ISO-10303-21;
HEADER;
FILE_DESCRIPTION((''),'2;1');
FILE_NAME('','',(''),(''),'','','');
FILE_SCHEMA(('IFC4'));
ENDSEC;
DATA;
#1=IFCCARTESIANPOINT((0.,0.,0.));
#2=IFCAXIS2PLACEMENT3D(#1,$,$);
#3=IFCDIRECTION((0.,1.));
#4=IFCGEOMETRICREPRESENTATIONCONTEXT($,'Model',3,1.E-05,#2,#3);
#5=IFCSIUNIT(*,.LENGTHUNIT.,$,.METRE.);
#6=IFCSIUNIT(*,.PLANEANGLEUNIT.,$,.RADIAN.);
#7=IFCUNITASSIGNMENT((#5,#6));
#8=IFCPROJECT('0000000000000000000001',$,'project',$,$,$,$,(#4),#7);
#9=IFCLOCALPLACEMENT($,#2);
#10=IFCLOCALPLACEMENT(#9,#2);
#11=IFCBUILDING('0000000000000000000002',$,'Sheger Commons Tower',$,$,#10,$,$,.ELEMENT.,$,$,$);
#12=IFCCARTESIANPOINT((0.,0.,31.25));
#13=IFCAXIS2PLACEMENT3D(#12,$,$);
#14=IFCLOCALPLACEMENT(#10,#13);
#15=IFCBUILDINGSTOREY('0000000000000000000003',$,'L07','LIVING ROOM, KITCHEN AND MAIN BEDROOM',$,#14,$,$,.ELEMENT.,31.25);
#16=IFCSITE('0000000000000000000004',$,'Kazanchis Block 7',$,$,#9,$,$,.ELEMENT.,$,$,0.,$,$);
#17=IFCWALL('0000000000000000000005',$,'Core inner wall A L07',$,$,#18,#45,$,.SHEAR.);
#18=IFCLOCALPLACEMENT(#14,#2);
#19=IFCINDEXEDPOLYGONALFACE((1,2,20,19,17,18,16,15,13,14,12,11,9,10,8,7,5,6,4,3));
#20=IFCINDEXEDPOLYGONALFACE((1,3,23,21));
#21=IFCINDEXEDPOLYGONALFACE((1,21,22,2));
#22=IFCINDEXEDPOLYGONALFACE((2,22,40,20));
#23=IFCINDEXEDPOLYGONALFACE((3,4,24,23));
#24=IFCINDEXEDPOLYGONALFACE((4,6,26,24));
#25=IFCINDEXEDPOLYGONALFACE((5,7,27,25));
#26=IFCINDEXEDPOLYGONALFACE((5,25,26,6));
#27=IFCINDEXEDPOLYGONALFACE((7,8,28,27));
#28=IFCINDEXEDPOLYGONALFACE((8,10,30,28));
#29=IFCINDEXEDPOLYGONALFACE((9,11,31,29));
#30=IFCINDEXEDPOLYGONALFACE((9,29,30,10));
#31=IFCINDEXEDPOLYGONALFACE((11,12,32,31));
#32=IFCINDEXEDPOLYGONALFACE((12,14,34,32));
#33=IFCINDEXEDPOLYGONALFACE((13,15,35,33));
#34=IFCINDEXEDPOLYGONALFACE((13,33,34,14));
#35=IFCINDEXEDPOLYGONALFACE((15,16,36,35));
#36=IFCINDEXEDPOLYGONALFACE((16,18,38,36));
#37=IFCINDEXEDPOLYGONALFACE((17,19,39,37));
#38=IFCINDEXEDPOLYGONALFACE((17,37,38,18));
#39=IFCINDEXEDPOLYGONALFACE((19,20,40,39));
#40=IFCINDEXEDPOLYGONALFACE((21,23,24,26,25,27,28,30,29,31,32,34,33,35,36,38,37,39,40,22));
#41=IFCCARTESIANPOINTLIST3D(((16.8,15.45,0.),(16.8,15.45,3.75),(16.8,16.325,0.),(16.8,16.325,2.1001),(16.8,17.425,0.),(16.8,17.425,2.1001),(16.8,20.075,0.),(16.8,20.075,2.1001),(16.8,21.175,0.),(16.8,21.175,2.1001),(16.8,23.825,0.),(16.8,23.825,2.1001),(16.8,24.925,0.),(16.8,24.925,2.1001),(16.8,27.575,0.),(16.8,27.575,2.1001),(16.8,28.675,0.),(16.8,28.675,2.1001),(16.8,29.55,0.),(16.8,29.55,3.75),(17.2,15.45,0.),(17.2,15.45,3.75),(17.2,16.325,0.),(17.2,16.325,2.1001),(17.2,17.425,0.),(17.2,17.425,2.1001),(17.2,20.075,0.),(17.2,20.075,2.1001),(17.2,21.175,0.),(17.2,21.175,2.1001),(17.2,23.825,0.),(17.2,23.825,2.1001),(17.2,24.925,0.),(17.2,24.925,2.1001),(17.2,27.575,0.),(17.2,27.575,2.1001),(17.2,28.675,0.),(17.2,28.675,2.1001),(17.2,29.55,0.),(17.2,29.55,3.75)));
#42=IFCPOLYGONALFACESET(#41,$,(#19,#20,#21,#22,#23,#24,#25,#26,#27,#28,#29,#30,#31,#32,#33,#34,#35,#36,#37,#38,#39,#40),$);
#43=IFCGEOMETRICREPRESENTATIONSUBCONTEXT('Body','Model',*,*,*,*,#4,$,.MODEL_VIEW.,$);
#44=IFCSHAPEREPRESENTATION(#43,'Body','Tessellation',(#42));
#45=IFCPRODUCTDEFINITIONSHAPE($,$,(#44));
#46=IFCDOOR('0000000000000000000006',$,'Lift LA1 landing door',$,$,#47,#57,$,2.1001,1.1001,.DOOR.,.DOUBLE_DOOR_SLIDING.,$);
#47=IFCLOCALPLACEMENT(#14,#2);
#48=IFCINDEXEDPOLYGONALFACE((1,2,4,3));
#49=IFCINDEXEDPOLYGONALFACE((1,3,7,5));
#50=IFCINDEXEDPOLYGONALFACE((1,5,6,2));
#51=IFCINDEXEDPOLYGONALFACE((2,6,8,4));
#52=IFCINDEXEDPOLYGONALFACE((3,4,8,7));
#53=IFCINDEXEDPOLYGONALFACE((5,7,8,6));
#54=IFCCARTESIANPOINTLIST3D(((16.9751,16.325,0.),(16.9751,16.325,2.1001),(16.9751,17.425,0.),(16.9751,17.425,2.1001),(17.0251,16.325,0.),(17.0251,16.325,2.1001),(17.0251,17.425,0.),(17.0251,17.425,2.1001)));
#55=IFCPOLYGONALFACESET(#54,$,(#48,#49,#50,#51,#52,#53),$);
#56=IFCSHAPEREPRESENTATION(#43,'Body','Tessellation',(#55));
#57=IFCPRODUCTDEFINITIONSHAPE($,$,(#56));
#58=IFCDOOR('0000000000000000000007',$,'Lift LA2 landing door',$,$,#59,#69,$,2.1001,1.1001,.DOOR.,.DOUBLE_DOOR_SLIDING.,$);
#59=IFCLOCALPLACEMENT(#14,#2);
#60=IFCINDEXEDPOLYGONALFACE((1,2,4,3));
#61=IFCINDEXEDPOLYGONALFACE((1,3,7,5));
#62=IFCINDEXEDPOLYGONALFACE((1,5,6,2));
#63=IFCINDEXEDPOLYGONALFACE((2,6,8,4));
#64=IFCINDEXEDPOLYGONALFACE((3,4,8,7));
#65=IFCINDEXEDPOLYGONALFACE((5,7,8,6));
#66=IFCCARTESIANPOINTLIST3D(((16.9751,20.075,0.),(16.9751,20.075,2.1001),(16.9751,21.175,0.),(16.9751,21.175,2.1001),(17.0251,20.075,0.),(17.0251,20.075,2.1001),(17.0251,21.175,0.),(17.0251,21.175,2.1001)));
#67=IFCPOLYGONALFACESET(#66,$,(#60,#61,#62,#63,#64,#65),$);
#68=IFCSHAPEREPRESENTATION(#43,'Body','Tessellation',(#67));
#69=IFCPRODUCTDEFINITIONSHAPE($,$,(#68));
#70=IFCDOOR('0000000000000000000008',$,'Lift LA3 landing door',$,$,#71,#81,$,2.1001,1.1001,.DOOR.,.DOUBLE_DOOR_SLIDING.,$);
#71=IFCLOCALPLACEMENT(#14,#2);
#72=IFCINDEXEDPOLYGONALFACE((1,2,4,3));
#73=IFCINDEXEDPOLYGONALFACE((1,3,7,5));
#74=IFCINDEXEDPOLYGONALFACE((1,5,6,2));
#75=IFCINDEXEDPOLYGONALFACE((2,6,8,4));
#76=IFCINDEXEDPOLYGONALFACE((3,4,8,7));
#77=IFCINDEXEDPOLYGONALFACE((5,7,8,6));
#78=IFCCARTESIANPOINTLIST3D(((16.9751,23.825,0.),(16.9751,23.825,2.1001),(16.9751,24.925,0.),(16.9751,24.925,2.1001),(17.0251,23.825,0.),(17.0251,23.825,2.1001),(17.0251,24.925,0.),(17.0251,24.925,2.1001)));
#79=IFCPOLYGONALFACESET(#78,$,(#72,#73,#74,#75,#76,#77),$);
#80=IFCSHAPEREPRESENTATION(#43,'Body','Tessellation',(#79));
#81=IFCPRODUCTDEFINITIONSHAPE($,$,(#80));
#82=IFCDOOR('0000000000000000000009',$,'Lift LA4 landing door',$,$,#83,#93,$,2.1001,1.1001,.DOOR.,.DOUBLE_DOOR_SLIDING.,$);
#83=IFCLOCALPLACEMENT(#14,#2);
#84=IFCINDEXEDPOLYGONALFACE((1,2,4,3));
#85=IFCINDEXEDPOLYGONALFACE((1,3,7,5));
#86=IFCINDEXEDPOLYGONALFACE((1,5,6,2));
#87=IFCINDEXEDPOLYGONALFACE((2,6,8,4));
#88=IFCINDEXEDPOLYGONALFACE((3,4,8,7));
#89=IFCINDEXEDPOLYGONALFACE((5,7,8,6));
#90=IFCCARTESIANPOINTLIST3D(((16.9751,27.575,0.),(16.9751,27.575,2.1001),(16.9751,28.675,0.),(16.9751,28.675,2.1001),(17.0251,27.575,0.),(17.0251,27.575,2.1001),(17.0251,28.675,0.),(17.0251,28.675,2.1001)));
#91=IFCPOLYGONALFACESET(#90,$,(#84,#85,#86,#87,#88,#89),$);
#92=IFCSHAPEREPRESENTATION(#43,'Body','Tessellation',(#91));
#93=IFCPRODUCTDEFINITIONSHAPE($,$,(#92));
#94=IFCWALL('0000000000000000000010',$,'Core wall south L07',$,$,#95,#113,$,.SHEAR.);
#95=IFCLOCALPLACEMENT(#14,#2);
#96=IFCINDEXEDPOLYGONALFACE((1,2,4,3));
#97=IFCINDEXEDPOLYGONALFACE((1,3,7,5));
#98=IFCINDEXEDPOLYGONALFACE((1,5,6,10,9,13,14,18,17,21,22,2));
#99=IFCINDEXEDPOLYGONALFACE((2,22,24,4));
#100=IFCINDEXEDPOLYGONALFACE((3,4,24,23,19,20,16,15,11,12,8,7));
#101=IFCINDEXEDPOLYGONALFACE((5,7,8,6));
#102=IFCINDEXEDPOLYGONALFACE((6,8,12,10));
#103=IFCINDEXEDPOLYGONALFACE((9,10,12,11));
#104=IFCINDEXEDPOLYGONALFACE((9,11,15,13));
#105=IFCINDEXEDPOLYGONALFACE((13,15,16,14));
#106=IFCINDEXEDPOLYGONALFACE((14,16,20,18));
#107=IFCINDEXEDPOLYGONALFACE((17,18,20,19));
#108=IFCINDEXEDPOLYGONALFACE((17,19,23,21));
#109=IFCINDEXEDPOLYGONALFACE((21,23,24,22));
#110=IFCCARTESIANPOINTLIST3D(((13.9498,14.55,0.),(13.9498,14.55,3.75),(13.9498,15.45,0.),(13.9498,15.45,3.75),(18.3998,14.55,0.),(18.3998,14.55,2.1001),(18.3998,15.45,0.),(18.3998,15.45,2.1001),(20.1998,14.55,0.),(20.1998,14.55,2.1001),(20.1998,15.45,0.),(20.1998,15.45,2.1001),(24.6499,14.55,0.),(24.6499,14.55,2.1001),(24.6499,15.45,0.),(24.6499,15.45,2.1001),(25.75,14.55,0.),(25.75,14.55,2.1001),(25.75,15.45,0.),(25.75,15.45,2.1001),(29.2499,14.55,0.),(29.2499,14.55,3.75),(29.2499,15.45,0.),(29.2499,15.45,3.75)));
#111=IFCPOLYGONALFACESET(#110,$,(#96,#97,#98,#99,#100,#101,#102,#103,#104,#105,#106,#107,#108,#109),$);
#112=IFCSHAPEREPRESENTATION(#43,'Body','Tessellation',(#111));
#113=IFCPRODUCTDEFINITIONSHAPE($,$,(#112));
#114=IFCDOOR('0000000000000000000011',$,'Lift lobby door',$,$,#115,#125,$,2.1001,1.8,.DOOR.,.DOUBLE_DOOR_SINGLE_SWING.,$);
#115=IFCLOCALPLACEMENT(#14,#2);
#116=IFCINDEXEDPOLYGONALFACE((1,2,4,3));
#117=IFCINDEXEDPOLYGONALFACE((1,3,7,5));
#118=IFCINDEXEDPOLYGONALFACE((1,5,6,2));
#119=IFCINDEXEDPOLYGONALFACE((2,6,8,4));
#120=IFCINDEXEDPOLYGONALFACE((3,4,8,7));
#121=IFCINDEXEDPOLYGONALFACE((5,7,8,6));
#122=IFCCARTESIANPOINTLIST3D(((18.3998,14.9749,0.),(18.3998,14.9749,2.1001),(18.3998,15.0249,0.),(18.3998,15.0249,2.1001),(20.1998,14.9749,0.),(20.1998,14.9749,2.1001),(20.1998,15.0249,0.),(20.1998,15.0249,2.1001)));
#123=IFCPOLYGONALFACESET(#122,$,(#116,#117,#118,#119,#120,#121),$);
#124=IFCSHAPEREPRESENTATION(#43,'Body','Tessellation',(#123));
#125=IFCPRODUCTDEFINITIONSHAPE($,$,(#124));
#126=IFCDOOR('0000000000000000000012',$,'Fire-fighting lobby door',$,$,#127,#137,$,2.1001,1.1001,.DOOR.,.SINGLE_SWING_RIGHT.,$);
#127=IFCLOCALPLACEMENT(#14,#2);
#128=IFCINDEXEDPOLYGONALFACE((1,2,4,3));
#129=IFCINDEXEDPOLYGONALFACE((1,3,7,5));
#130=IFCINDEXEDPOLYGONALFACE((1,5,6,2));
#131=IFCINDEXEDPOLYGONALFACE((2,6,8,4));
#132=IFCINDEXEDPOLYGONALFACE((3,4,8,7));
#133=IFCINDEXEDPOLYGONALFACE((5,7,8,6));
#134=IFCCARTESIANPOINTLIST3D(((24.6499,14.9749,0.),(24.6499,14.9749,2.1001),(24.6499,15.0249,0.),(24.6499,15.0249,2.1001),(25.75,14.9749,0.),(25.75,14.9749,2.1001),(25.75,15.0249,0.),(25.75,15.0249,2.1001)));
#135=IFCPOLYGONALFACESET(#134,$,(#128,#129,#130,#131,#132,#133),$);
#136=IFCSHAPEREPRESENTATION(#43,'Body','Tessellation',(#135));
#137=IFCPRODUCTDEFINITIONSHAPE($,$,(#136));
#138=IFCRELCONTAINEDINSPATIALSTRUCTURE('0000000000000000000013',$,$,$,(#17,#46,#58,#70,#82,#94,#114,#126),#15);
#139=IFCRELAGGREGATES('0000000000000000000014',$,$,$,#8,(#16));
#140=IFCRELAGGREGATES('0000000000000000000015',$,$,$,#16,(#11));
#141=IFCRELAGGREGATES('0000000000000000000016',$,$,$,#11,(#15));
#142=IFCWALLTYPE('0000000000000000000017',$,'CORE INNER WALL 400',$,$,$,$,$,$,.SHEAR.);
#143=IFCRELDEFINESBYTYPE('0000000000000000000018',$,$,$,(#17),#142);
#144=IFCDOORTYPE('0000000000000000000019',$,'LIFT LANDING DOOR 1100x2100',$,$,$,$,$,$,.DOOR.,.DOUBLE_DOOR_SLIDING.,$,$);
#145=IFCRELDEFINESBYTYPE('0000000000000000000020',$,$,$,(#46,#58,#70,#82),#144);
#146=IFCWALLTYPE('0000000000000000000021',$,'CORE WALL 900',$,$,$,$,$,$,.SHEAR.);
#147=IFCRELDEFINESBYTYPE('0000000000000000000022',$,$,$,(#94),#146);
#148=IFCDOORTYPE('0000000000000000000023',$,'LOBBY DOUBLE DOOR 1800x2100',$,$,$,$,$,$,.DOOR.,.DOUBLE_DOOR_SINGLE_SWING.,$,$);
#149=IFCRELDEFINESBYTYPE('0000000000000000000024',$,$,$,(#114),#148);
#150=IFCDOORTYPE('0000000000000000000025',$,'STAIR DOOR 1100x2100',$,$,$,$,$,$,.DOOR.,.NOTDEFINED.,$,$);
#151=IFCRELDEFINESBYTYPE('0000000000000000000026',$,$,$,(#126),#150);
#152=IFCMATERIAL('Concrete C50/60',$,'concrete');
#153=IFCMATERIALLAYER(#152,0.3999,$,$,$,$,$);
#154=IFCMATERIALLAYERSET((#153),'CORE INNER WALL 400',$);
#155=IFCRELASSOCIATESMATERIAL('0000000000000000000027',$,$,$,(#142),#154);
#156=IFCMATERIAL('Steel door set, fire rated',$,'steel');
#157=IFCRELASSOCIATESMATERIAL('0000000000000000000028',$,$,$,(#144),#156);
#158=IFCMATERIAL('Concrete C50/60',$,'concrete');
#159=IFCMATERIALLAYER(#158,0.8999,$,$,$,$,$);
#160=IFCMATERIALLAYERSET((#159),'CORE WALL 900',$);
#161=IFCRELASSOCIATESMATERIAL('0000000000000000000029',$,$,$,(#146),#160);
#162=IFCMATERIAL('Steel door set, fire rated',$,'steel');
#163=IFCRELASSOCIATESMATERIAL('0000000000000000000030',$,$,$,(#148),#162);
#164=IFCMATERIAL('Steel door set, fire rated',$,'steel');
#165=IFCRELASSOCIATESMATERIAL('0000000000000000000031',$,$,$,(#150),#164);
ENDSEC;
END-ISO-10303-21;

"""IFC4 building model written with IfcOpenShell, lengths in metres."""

from ifc_helpers import new_model, si_unit, direction, frame, frame_2d, origin, place, context, subcontext, project, spatial, rectangle, extrude, material, layer, layer_set, type_object, element, fill, save


model = new_model("IFC4")

# Units and contexts
model_context = context("Model", 3, precision=1e-05, world=origin(), true_north=direction((0.0, 1.0)))
body_context = subcontext(model_context, "Body", "Model", "MODEL_VIEW")
ifc_project = project(units=[si_unit("LENGTHUNIT", "METRE"), si_unit("PLANEANGLEUNIT", "RADIAN")], contexts=[model_context])

# Site, building, storey
site_placement = place(None, origin())
site = spatial("IfcSite", under=ifc_project, at=site_placement, Name="Kazanchis Block 7", CompositionType="ELEMENT", RefElevation=0.0)
building_placement = place(site_placement, origin())
building = spatial("IfcBuilding", under=site, at=building_placement, Name="Sheger Commons Tower", CompositionType="ELEMENT")
storey_placement = place(building_placement, frame((0.0, 0.0, 31.25)))
storey = spatial("IfcBuildingStorey", under=building, at=storey_placement, Name="L07", Description="LIVING ROOM, KITCHEN AND MAIN BEDROOM", CompositionType="ELEMENT", Elevation=31.25)

# Walls, openings, doors
ifc_material_1 = material(Name="Concrete C50/60", Category="concrete")
ifc_layer_1 = layer(ifc_material_1, 0.3999)
ifc_layer_set_1 = layer_set([ifc_layer_1], Name="CORE INNER WALL 400")
wall_type_1 = type_object("IfcWallType", Name="CORE INNER WALL 400", PredefinedType="SHEAR", material=ifc_layer_set_1)
wall_1_placement = place(storey_placement, frame((17.0, 15.45, 0.0), z_axis=(0.0, 0.0, 1.0), x_axis=(0.0, 1.0, 0.0)))
wall_1 = element("IfcWall", 1, at=wall_1_placement, inside=storey, type_object=wall_type_1, Name="Core inner wall A L07", PredefinedType="SHEAR", context=body_context, shape_type="SweptSolid", body=[
    extrude(rectangle(XDim=14.1001, YDim=0.3999, at=frame_2d((7.05, 0.0))), origin(), (0.0, 0.0, 1.0), 3.75),
])
opening_1_placement = place(wall_1_placement, frame((0.875, 0.0, 0.0)))
opening_1 = element("IfcOpeningElement", 2, at=opening_1_placement, cuts=wall_1, PredefinedType="OPENING", context=body_context, shape_type="SweptSolid", body=[
    extrude(rectangle(XDim=1.1001, YDim=2.1001, at=frame_2d((0.55, 1.05))), frame((0.0, 0.21, 0.0), z_axis=(0.0, -1.0, 0.0), x_axis=(1.0, 0.0, 0.0)), (0.0, 0.0, 1.0), 0.4199),
])
opening_2_placement = place(wall_1_placement, frame((4.625, 0.0, 0.0)))
opening_2 = element("IfcOpeningElement", 3, at=opening_2_placement, cuts=wall_1, PredefinedType="OPENING", context=body_context, shape_type="SweptSolid", body=[
    extrude(rectangle(XDim=1.1001, YDim=2.1001, at=frame_2d((0.55, 1.05))), frame((0.0, 0.21, 0.0), z_axis=(0.0, -1.0, 0.0), x_axis=(1.0, 0.0, 0.0)), (0.0, 0.0, 1.0), 0.4199),
])
opening_3_placement = place(wall_1_placement, frame((8.375, 0.0, 0.0)))
opening_3 = element("IfcOpeningElement", 4, at=opening_3_placement, cuts=wall_1, PredefinedType="OPENING", context=body_context, shape_type="SweptSolid", body=[
    extrude(rectangle(XDim=1.1001, YDim=2.1001, at=frame_2d((0.55, 1.05))), frame((0.0, 0.21, 0.0), z_axis=(0.0, -1.0, 0.0), x_axis=(1.0, 0.0, 0.0)), (0.0, 0.0, 1.0), 0.4199),
])
opening_4_placement = place(wall_1_placement, frame((12.125, 0.0, 0.0)))
opening_4 = element("IfcOpeningElement", 5, at=opening_4_placement, cuts=wall_1, PredefinedType="OPENING", context=body_context, shape_type="SweptSolid", body=[
    extrude(rectangle(XDim=1.1001, YDim=2.1001, at=frame_2d((0.55, 1.05))), frame((0.0, 0.21, 0.0), z_axis=(0.0, -1.0, 0.0), x_axis=(1.0, 0.0, 0.0)), (0.0, 0.0, 1.0), 0.4199),
])
ifc_material_2 = material(Name="Steel door set, fire rated", Category="steel")
door_type_1 = type_object("IfcDoorType", Name="LIFT LANDING DOOR 1100x2100", OperationType="DOUBLE_DOOR_SLIDING", PredefinedType="DOOR", material=ifc_material_2)
door_1_placement = place(opening_1_placement, origin())
door_1 = element("IfcDoor", 6, at=door_1_placement, inside=storey, type_object=door_type_1, Name="Lift LA1 landing door", OperationType="DOUBLE_DOOR_SLIDING", OverallHeight=2.1001, OverallWidth=1.1001, PredefinedType="DOOR", context=body_context, shape_type="SweptSolid", body=[
    extrude(rectangle(XDim=1.1001, YDim=2.1001, at=frame_2d((0.55, 1.05))), frame((0.0, 0.0249, 0.0), z_axis=(0.0, -1.0, 0.0), x_axis=(1.0, 0.0, 0.0)), (0.0, 0.0, 1.0), 0.05),
])
fill(opening_1, door_1)
door_2_placement = place(opening_2_placement, origin())
door_2 = element("IfcDoor", 7, at=door_2_placement, inside=storey, type_object=door_type_1, Name="Lift LA2 landing door", OperationType="DOUBLE_DOOR_SLIDING", OverallHeight=2.1001, OverallWidth=1.1001, PredefinedType="DOOR", context=body_context, shape_type="SweptSolid", body=[
    extrude(rectangle(XDim=1.1001, YDim=2.1001, at=frame_2d((0.55, 1.05))), frame((0.0, 0.0249, 0.0), z_axis=(0.0, -1.0, 0.0), x_axis=(1.0, 0.0, 0.0)), (0.0, 0.0, 1.0), 0.05),
])
fill(opening_2, door_2)
door_3_placement = place(opening_3_placement, origin())
door_3 = element("IfcDoor", 8, at=door_3_placement, inside=storey, type_object=door_type_1, Name="Lift LA3 landing door", OperationType="DOUBLE_DOOR_SLIDING", OverallHeight=2.1001, OverallWidth=1.1001, PredefinedType="DOOR", context=body_context, shape_type="SweptSolid", body=[
    extrude(rectangle(XDim=1.1001, YDim=2.1001, at=frame_2d((0.55, 1.05))), frame((0.0, 0.0249, 0.0), z_axis=(0.0, -1.0, 0.0), x_axis=(1.0, 0.0, 0.0)), (0.0, 0.0, 1.0), 0.05),
])
fill(opening_3, door_3)
door_4_placement = place(opening_4_placement, origin())
door_4 = element("IfcDoor", 9, at=door_4_placement, inside=storey, type_object=door_type_1, Name="Lift LA4 landing door", OperationType="DOUBLE_DOOR_SLIDING", OverallHeight=2.1001, OverallWidth=1.1001, PredefinedType="DOOR", context=body_context, shape_type="SweptSolid", body=[
    extrude(rectangle(XDim=1.1001, YDim=2.1001, at=frame_2d((0.55, 1.05))), frame((0.0, 0.0249, 0.0), z_axis=(0.0, -1.0, 0.0), x_axis=(1.0, 0.0, 0.0)), (0.0, 0.0, 1.0), 0.05),
])
fill(opening_4, door_4)
ifc_material_3 = material(Name="Concrete C50/60", Category="concrete")
ifc_layer_2 = layer(ifc_material_3, 0.8999)
ifc_layer_set_2 = layer_set([ifc_layer_2], Name="CORE WALL 900")
wall_type_2 = type_object("IfcWallType", Name="CORE WALL 900", PredefinedType="SHEAR", material=ifc_layer_set_2)
wall_2_placement = place(storey_placement, frame((13.95, 15.0, 0.0), z_axis=(0.0, 0.0, 1.0), x_axis=(1.0, 0.0, 0.0)))
wall_2 = element("IfcWall", 10, at=wall_2_placement, inside=storey, type_object=wall_type_2, Name="Core wall south L07", PredefinedType="SHEAR", context=body_context, shape_type="SweptSolid", body=[
    extrude(rectangle(XDim=15.3, YDim=0.8999, at=frame_2d((7.6499, 0.0))), origin(), (0.0, 0.0, 1.0), 3.75),
])
opening_5_placement = place(wall_2_placement, frame((4.45, 0.0, 0.0)))
opening_5 = element("IfcOpeningElement", 11, at=opening_5_placement, cuts=wall_2, PredefinedType="OPENING", context=body_context, shape_type="SweptSolid", body=[
    extrude(rectangle(XDim=1.8, YDim=2.1001, at=frame_2d((0.8999, 1.05))), frame((0.0, 0.46, 0.0), z_axis=(0.0, -1.0, 0.0), x_axis=(1.0, 0.0, 0.0)), (0.0, 0.0, 1.0), 0.9199),
])
opening_6_placement = place(wall_2_placement, frame((10.7, 0.0, 0.0)))
opening_6 = element("IfcOpeningElement", 12, at=opening_6_placement, cuts=wall_2, PredefinedType="OPENING", context=body_context, shape_type="SweptSolid", body=[
    extrude(rectangle(XDim=1.1001, YDim=2.1001, at=frame_2d((0.55, 1.05))), frame((0.0, 0.46, 0.0), z_axis=(0.0, -1.0, 0.0), x_axis=(1.0, 0.0, 0.0)), (0.0, 0.0, 1.0), 0.9199),
])
ifc_material_4 = material(Name="Steel door set, fire rated", Category="steel")
door_type_2 = type_object("IfcDoorType", Name="LOBBY DOUBLE DOOR 1800x2100", OperationType="DOUBLE_DOOR_SINGLE_SWING", PredefinedType="DOOR", material=ifc_material_4)
door_5_placement = place(opening_5_placement, origin())
door_5 = element("IfcDoor", 13, at=door_5_placement, inside=storey, type_object=door_type_2, Name="Lift lobby door", OperationType="DOUBLE_DOOR_SINGLE_SWING", OverallHeight=2.1001, OverallWidth=1.8, PredefinedType="DOOR", context=body_context, shape_type="SweptSolid", body=[
    extrude(rectangle(XDim=1.8, YDim=2.1001, at=frame_2d((0.8999, 1.05))), frame((0.0, 0.0249, 0.0), z_axis=(0.0, -1.0, 0.0), x_axis=(1.0, 0.0, 0.0)), (0.0, 0.0, 1.0), 0.05),
])
fill(opening_5, door_5)
ifc_material_5 = material(Name="Steel door set, fire rated", Category="steel")
door_type_3 = type_object("IfcDoorType", Name="STAIR DOOR 1100x2100", OperationType="NOTDEFINED", PredefinedType="DOOR", material=ifc_material_5)
door_6_placement = place(opening_6_placement, origin())
door_6 = element("IfcDoor", 14, at=door_6_placement, inside=storey, type_object=door_type_3, Name="Fire-fighting lobby door", OperationType="SINGLE_SWING_RIGHT", OverallHeight=2.1001, OverallWidth=1.1001, PredefinedType="DOOR", context=body_context, shape_type="SweptSolid", body=[
    extrude(rectangle(XDim=1.1001, YDim=2.1001, at=frame_2d((0.55, 1.05))), frame((0.0, 0.0249, 0.0), z_axis=(0.0, -1.0, 0.0), x_axis=(1.0, 0.0, 0.0)), (0.0, 0.0, 1.0), 0.05),
])
fill(opening_6, door_6)

save(model, "model.ifc")
